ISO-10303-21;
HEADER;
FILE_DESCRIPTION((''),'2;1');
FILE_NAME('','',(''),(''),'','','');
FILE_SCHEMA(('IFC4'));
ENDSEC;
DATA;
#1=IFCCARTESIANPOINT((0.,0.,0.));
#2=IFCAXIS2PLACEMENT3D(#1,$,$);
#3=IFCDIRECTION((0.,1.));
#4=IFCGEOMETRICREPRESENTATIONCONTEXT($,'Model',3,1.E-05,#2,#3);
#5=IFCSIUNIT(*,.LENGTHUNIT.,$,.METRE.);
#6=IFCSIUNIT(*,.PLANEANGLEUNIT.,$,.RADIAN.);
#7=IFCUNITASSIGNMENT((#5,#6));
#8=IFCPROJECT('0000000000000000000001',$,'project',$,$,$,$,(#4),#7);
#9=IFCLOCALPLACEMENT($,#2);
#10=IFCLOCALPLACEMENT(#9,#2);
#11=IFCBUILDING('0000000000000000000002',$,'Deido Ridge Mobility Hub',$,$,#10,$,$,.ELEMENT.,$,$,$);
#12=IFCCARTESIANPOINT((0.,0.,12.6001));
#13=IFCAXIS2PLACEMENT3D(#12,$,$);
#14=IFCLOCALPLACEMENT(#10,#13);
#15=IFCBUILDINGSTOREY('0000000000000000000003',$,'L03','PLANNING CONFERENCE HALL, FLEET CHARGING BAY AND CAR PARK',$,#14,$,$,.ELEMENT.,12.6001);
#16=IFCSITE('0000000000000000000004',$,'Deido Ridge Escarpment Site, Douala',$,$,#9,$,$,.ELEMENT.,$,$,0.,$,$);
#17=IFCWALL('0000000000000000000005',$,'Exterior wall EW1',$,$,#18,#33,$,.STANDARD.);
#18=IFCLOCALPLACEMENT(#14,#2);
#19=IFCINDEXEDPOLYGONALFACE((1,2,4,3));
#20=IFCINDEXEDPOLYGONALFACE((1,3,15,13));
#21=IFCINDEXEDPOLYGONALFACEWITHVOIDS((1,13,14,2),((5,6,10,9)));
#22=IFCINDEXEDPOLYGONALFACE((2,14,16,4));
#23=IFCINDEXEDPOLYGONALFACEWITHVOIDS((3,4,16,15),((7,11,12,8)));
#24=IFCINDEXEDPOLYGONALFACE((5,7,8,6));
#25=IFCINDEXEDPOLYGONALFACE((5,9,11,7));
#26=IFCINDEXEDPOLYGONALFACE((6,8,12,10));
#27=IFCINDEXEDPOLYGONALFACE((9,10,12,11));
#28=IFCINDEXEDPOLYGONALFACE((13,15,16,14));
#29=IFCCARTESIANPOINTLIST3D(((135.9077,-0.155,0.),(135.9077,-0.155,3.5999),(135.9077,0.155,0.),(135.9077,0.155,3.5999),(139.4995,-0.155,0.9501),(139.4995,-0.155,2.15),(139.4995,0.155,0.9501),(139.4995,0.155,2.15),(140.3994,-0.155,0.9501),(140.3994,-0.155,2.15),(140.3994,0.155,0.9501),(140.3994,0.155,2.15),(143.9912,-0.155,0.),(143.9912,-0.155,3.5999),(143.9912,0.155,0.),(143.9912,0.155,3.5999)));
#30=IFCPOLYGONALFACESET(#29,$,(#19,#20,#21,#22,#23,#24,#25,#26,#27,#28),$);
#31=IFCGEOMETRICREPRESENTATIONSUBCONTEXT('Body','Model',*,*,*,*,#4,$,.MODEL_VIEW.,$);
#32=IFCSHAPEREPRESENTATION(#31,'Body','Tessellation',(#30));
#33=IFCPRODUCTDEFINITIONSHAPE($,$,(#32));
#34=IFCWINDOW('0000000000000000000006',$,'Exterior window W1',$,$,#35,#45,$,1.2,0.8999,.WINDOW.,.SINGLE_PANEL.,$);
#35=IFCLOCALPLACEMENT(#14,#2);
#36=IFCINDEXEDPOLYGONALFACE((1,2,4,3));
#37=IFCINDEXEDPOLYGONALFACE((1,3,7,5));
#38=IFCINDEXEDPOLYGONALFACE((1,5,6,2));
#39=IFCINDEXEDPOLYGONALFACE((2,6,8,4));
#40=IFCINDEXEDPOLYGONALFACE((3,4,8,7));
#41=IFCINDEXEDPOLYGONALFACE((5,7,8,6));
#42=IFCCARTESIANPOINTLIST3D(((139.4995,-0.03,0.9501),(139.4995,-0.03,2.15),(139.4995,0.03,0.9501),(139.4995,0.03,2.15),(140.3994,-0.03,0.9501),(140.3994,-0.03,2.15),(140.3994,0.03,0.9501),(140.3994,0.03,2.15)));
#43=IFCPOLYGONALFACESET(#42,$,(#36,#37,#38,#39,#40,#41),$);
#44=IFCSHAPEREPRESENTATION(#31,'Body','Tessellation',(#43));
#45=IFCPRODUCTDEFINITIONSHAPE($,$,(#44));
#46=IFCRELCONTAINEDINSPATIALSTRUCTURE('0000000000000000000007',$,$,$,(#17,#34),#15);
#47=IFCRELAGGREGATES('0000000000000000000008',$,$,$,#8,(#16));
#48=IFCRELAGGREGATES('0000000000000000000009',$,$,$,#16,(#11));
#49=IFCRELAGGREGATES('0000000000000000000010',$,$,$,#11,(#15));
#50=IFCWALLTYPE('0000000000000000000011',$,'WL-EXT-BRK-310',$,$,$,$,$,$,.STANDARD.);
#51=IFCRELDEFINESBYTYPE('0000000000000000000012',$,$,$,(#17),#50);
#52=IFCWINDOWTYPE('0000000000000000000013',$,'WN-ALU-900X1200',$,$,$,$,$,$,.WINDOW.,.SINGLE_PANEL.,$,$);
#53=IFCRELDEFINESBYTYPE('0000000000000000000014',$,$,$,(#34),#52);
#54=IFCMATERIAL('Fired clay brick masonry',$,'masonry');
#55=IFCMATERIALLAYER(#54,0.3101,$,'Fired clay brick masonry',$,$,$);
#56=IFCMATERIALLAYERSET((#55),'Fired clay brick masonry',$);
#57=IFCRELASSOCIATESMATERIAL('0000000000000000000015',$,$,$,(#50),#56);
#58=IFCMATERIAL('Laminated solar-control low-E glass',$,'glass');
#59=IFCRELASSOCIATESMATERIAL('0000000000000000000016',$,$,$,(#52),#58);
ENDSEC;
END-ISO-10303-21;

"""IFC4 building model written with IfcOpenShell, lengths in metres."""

from ifc_helpers import new_model, si_unit, direction, frame, frame_2d, origin, place, context, subcontext, project, spatial, rectangle, extrude, material, layer, layer_set, type_object, element, fill, save


model = new_model("IFC4")

# Units and contexts
model_context = context("Model", 3, precision=1e-05, world=origin(), true_north=direction((0.0, 1.0)))
body_context = subcontext(model_context, "Body", "Model", "MODEL_VIEW")
ifc_project = project(units=[si_unit("LENGTHUNIT", "METRE"), si_unit("PLANEANGLEUNIT", "RADIAN")], contexts=[model_context])

# Site, building, storey
site_placement = place(None, origin())
site = spatial("IfcSite", under=ifc_project, at=site_placement, Name="Deido Ridge Escarpment Site, Douala", CompositionType="ELEMENT", RefElevation=0.0)
building_placement = place(site_placement, origin())
building = spatial("IfcBuilding", under=site, at=building_placement, Name="Deido Ridge Mobility Hub", CompositionType="ELEMENT")
storey_placement = place(building_placement, frame((0.0, 0.0, 12.6001)))
storey = spatial("IfcBuildingStorey", under=building, at=storey_placement, Name="L03", Description="PLANNING CONFERENCE HALL, FLEET CHARGING BAY AND CAR PARK", CompositionType="ELEMENT", Elevation=12.6001)

# Shared definitions
ifc_material_1 = material(Name="Laminated solar-control low-E glass", Category="glass")

# Wall, opening, window
ifc_material_2 = material(Name="Fired clay brick masonry", Category="masonry")
ifc_layer_1 = layer(ifc_material_2, 0.3101, Name="Fired clay brick masonry")
ifc_layer_set_1 = layer_set([ifc_layer_1], Name="Fired clay brick masonry")
wall_type = type_object("IfcWallType", Name="WL-EXT-BRK-310", PredefinedType="STANDARD", material=ifc_layer_set_1)
wall_placement = place(storey_placement, frame((135.9077, 0.0, 0.0), z_axis=(0.0, 0.0, 1.0), x_axis=(1.0, 0.0, 0.0)))
wall = element("IfcWall", 1, at=wall_placement, inside=storey, type_object=wall_type, Name="Exterior wall EW1", PredefinedType="STANDARD", context=body_context, shape_type="SweptSolid", body=[
    extrude(rectangle(XDim=8.0835, YDim=0.3101, at=frame_2d((4.0417, 0.0))), origin(), (0.0, 0.0, 1.0), 3.5999),
])
opening_placement = place(wall_placement, frame((3.5918, 0.0, 0.95)))
opening = element("IfcOpeningElement", 2, at=opening_placement, cuts=wall, PredefinedType="OPENING", context=body_context, shape_type="SweptSolid", body=[
    extrude(rectangle(XDim=0.8999, YDim=1.2, at=frame_2d((0.45, 0.6001))), frame((0.0, 0.165, 0.0), z_axis=(0.0, -1.0, 0.0), x_axis=(1.0, 0.0, 0.0)), (0.0, 0.0, 1.0), 0.3301),
])
window_type = type_object("IfcWindowType", Name="WN-ALU-900X1200", PartitioningType="SINGLE_PANEL", PredefinedType="WINDOW", material=ifc_material_1)
window_placement = place(opening_placement, origin())
window = element("IfcWindow", 3, at=window_placement, inside=storey, type_object=window_type, Name="Exterior window W1", OverallHeight=1.2, OverallWidth=0.8999, PartitioningType="SINGLE_PANEL", PredefinedType="WINDOW", context=body_context, shape_type="SweptSolid", body=[
    extrude(rectangle(XDim=0.8999, YDim=1.2, at=frame_2d((0.45, 0.6001))), frame((0.0, 0.03, 0.0), z_axis=(0.0, -1.0, 0.0), x_axis=(1.0, 0.0, 0.0)), (0.0, 0.0, 1.0), 0.0601),
])
fill(opening, window)

save(model, "model.ifc")
